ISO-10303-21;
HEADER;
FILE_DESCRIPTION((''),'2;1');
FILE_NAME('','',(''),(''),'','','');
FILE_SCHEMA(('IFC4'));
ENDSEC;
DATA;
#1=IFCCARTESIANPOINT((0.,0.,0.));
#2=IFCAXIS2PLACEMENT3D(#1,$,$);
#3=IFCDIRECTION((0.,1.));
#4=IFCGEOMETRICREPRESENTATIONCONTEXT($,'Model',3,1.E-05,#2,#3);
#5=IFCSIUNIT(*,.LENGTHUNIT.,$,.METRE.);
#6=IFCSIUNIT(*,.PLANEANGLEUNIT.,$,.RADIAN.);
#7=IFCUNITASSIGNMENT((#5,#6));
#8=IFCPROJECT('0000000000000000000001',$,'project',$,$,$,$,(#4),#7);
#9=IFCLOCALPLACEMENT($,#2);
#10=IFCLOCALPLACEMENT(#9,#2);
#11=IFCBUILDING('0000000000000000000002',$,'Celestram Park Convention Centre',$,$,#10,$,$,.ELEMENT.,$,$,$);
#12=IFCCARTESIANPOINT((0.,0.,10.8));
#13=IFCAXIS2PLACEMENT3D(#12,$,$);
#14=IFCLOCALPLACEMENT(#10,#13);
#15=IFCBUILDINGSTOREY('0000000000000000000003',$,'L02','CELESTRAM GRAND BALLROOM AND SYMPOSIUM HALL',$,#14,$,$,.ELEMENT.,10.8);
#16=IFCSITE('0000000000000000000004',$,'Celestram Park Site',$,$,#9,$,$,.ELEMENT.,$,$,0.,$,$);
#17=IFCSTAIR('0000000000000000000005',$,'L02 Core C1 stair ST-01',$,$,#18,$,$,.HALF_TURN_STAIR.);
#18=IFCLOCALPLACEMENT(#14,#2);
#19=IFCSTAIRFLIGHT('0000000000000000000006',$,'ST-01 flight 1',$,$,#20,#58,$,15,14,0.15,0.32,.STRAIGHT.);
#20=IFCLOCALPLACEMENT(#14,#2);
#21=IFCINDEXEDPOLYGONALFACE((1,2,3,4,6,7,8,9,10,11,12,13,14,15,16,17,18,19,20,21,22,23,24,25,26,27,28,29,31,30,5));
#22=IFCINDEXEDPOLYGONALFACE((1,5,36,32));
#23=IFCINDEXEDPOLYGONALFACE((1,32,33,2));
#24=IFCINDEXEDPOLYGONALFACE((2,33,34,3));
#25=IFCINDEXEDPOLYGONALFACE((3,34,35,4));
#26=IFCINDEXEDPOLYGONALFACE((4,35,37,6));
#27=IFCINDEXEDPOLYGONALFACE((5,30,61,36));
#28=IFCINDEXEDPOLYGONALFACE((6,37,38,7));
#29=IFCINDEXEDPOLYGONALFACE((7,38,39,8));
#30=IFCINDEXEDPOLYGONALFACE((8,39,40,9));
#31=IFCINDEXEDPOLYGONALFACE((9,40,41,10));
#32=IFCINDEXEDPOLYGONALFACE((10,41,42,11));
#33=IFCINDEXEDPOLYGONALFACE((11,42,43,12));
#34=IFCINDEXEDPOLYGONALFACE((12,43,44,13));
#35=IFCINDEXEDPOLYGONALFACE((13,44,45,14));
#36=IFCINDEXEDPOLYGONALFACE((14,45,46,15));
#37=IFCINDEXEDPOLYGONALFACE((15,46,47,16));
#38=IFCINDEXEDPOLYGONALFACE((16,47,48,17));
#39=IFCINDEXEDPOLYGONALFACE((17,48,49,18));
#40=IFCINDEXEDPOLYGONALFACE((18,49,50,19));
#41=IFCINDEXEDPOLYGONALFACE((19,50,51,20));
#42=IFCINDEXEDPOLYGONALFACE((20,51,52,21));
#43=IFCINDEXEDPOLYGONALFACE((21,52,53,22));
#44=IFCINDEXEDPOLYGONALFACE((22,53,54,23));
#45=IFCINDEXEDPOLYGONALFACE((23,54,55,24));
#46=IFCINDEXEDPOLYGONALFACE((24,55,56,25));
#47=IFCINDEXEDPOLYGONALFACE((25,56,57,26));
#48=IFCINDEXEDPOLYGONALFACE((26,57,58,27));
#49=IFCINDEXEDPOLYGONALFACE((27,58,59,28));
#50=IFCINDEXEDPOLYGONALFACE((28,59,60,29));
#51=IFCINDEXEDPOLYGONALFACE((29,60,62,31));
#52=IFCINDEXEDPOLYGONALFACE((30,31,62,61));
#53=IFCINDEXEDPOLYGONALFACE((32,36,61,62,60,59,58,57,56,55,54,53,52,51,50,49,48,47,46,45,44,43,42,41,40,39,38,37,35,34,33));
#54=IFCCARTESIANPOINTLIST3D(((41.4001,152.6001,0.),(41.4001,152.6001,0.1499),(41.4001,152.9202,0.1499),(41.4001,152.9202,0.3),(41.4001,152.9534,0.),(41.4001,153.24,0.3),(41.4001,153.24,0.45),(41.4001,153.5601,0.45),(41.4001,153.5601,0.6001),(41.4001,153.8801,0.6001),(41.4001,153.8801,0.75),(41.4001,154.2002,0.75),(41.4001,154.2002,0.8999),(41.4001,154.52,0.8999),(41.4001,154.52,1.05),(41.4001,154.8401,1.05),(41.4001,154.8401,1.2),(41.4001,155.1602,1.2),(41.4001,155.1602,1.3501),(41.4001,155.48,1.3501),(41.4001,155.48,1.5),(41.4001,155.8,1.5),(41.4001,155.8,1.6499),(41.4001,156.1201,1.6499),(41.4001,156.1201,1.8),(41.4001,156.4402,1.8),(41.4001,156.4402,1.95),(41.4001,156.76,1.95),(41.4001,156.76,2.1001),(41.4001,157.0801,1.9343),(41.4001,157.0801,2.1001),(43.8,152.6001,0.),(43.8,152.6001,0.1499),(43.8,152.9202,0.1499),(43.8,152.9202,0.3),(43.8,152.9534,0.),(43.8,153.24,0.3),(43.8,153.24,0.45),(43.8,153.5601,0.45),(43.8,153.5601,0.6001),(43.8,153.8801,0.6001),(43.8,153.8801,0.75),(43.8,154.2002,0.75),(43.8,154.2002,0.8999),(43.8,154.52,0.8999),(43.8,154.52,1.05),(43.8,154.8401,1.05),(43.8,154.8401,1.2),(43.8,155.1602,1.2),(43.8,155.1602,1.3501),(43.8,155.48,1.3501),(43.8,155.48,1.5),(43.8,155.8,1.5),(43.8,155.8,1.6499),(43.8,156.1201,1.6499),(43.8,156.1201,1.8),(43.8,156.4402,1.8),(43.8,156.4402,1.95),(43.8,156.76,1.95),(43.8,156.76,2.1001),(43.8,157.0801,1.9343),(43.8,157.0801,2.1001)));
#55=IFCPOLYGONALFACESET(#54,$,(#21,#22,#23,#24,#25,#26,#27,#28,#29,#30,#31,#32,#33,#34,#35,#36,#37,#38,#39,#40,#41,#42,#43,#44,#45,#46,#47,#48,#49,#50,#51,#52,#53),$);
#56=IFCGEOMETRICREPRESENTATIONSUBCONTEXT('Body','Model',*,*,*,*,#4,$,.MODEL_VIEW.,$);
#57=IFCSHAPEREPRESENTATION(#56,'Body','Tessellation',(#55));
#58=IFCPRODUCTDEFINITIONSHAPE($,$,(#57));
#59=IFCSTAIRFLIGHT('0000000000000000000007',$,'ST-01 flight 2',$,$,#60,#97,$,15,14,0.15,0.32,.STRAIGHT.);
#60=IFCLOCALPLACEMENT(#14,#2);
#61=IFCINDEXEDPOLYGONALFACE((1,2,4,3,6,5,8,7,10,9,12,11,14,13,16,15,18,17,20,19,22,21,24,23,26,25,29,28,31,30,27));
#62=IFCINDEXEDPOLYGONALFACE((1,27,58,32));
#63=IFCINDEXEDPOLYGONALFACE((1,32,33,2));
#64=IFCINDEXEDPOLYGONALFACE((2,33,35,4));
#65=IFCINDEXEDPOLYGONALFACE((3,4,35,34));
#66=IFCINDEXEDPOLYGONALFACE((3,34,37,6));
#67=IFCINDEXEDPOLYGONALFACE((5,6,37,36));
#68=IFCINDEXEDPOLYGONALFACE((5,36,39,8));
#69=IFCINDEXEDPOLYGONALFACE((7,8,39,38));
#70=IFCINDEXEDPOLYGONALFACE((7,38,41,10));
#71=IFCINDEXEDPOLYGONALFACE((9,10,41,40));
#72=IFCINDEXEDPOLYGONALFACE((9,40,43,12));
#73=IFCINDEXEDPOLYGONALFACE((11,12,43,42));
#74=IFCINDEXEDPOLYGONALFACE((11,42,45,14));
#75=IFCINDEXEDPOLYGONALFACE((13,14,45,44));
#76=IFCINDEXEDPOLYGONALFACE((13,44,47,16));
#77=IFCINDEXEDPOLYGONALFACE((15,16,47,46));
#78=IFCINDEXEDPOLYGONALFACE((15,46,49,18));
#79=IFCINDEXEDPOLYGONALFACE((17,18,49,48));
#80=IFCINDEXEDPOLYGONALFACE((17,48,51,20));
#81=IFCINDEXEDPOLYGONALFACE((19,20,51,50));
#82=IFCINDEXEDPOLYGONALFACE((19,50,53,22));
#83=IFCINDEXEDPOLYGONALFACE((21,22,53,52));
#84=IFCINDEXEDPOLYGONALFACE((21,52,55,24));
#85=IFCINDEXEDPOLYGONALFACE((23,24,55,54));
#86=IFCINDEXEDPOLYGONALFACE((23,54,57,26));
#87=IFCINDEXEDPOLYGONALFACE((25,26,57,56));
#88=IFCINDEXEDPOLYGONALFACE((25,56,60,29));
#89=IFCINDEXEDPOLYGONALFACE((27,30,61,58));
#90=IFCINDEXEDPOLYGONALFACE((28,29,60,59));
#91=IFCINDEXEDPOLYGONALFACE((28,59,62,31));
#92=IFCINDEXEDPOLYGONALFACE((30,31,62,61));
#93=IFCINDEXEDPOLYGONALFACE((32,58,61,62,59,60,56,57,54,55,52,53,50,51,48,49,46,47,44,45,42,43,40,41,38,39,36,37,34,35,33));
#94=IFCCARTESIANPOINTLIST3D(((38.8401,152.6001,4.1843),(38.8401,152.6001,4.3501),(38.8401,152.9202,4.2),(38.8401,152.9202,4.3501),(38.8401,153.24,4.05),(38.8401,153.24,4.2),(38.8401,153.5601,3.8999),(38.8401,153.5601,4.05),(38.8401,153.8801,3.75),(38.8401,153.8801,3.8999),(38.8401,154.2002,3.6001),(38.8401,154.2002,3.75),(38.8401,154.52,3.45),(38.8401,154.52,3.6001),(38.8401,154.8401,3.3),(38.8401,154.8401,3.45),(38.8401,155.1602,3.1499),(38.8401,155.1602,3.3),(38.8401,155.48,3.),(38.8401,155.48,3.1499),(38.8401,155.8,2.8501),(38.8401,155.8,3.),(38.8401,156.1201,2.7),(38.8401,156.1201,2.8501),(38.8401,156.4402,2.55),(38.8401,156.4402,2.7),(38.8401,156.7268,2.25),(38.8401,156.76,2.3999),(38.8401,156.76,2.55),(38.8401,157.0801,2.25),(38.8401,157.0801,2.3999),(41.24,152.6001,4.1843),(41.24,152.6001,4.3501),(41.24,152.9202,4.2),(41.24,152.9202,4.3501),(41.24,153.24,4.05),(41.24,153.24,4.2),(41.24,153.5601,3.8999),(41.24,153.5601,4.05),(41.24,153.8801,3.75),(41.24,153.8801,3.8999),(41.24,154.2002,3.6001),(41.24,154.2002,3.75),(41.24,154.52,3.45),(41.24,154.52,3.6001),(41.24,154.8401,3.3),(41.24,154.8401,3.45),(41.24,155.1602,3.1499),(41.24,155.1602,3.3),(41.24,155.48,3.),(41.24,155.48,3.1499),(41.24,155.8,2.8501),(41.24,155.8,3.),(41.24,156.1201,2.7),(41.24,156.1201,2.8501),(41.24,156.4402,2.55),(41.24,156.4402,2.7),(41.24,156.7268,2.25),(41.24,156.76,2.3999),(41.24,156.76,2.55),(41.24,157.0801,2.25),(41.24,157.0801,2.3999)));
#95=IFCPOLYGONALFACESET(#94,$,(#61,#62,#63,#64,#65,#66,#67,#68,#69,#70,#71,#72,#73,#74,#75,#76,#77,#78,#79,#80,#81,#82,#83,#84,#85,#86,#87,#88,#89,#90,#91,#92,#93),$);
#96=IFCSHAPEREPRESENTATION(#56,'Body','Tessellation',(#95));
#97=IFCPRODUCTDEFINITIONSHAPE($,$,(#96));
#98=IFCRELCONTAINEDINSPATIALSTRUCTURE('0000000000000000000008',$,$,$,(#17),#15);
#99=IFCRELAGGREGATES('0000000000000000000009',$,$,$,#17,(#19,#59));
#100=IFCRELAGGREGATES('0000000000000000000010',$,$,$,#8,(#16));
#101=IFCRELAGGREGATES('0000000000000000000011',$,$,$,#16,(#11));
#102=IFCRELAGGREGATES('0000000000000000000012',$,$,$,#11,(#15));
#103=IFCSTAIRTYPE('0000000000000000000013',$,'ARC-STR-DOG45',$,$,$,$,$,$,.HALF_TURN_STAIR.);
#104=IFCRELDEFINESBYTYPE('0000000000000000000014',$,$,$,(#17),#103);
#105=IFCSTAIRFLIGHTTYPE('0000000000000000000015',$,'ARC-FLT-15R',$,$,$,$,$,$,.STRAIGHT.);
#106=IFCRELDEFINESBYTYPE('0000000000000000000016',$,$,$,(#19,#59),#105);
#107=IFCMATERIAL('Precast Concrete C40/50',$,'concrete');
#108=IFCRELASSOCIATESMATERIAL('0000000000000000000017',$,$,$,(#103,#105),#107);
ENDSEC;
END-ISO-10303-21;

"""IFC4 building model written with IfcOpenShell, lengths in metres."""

from ifc_helpers import new_model, si_unit, direction, frame, origin, place, context, subcontext, project, spatial, polyline, outline, extrude, material, type_object, element, aggregate, save


model = new_model("IFC4")

# Units and contexts
model_context = context("Model", 3, precision=1e-05, world=origin(), true_north=direction((0.0, 1.0)))
body_context = subcontext(model_context, "Body", "Model", "MODEL_VIEW")
ifc_project = project(units=[si_unit("LENGTHUNIT", "METRE"), si_unit("PLANEANGLEUNIT", "RADIAN")], contexts=[model_context])

# Site, building, storey
site_placement = place(None, origin())
site = spatial("IfcSite", under=ifc_project, at=site_placement, Name="Celestram Park Site", CompositionType="ELEMENT", RefElevation=0.0)
building_placement = place(site_placement, origin())
building = spatial("IfcBuilding", under=site, at=building_placement, Name="Celestram Park Convention Centre", CompositionType="ELEMENT")
storey_placement = place(building_placement, frame((0.0, 0.0, 10.8)))
storey = spatial("IfcBuildingStorey", under=building, at=storey_placement, Name="L02", Description="CELESTRAM GRAND BALLROOM AND SYMPOSIUM HALL", CompositionType="ELEMENT", Elevation=10.8)

# Stair, stair flights
ifc_material_1 = material(Name="Precast Concrete C40/50", Category="concrete")
stair_type = type_object("IfcStairType", Name="ARC-STR-DOG45", PredefinedType="HALF_TURN_STAIR", material=ifc_material_1)
stair_placement = place(storey_placement, origin())
stair = element("IfcStair", 1, at=stair_placement, inside=storey, type_object=stair_type, Name="L02 Core C1 stair ST-01", PredefinedType="HALF_TURN_STAIR")
stair_flight_type = type_object("IfcStairFlightType", Name="ARC-FLT-15R", PredefinedType="STRAIGHT", material=ifc_material_1)
stair_flight_1_placement = place(storey_placement, frame((42.6001, 152.6001, 0.0), z_axis=(0.0, 0.0, 1.0), x_axis=(0.0, 1.0, 0.0)))
stair_flight_1 = element("IfcStairFlight", 2, at=stair_flight_1_placement, type_object=stair_flight_type, Name="ST-01 flight 1", NumberOfRisers=15, NumberOfTreads=14, PredefinedType="STRAIGHT", RiserHeight=0.15, TreadLength=0.32, context=body_context, shape_type="SweptSolid", body=[
    extrude(outline(polyline([(0.0, 0.0), (0.0, 0.1499), (0.3201, 0.1499), (0.3201, 0.3), (0.6399, 0.3), (0.6399, 0.45), (0.96, 0.45), (0.96, 0.6001), (1.28, 0.6001), (1.28, 0.75), (1.6001, 0.75), (1.6001, 0.8999), (1.9199, 0.8999), (1.9199, 1.05), (2.24, 1.05), (2.24, 1.2), (2.5601, 1.2), (2.5601, 1.3501), (2.8799, 1.3501), (2.8799, 1.5), (3.2, 1.5), (3.2, 1.6499), (3.52, 1.6499), (3.52, 1.8), (3.8401, 1.8), (3.8401, 1.95), (4.1599, 1.95), (4.1599, 2.1001), (4.48, 2.1001), (4.48, 2.25), (4.48, 1.9343), (0.3533, 0.0), (0.0, 0.0)])), frame((0.0, 1.2, 0.0), z_axis=(0.0, -1.0, 0.0), x_axis=(1.0, 0.0, 0.0)), (0.0, 0.0, 1.0), 2.3999),
])
stair_flight_2_placement = place(storey_placement, frame((40.04, 157.0801, 2.25), z_axis=(0.0, 0.0, 1.0), x_axis=(0.0, -1.0, 0.0)))
stair_flight_2 = element("IfcStairFlight", 3, at=stair_flight_2_placement, type_object=stair_flight_type, Name="ST-01 flight 2", NumberOfRisers=15, NumberOfTreads=14, PredefinedType="STRAIGHT", RiserHeight=0.15, TreadLength=0.32, context=body_context, shape_type="SweptSolid", body=[
    extrude(outline(polyline([(0.0, 0.0), (0.0, 0.1499), (0.3201, 0.1499), (0.3201, 0.3), (0.6399, 0.3), (0.6399, 0.45), (0.96, 0.45), (0.96, 0.6001), (1.28, 0.6001), (1.28, 0.75), (1.6001, 0.75), (1.6001, 0.8999), (1.9199, 0.8999), (1.9199, 1.05), (2.24, 1.05), (2.24, 1.2), (2.5601, 1.2), (2.5601, 1.3501), (2.8799, 1.3501), (2.8799, 1.5), (3.2, 1.5), (3.2, 1.6499), (3.52, 1.6499), (3.52, 1.8), (3.8401, 1.8), (3.8401, 1.95), (4.1599, 1.95), (4.1599, 2.1001), (4.48, 2.1001), (4.48, 2.25), (4.48, 1.9343), (0.3533, 0.0), (0.0, 0.0)])), frame((0.0, 1.2, 0.0), z_axis=(0.0, -1.0, 0.0), x_axis=(1.0, 0.0, 0.0)), (0.0, 0.0, 1.0), 2.3999),
])
aggregate(stair, [stair_flight_1, stair_flight_2])

save(model, "model.ifc")
